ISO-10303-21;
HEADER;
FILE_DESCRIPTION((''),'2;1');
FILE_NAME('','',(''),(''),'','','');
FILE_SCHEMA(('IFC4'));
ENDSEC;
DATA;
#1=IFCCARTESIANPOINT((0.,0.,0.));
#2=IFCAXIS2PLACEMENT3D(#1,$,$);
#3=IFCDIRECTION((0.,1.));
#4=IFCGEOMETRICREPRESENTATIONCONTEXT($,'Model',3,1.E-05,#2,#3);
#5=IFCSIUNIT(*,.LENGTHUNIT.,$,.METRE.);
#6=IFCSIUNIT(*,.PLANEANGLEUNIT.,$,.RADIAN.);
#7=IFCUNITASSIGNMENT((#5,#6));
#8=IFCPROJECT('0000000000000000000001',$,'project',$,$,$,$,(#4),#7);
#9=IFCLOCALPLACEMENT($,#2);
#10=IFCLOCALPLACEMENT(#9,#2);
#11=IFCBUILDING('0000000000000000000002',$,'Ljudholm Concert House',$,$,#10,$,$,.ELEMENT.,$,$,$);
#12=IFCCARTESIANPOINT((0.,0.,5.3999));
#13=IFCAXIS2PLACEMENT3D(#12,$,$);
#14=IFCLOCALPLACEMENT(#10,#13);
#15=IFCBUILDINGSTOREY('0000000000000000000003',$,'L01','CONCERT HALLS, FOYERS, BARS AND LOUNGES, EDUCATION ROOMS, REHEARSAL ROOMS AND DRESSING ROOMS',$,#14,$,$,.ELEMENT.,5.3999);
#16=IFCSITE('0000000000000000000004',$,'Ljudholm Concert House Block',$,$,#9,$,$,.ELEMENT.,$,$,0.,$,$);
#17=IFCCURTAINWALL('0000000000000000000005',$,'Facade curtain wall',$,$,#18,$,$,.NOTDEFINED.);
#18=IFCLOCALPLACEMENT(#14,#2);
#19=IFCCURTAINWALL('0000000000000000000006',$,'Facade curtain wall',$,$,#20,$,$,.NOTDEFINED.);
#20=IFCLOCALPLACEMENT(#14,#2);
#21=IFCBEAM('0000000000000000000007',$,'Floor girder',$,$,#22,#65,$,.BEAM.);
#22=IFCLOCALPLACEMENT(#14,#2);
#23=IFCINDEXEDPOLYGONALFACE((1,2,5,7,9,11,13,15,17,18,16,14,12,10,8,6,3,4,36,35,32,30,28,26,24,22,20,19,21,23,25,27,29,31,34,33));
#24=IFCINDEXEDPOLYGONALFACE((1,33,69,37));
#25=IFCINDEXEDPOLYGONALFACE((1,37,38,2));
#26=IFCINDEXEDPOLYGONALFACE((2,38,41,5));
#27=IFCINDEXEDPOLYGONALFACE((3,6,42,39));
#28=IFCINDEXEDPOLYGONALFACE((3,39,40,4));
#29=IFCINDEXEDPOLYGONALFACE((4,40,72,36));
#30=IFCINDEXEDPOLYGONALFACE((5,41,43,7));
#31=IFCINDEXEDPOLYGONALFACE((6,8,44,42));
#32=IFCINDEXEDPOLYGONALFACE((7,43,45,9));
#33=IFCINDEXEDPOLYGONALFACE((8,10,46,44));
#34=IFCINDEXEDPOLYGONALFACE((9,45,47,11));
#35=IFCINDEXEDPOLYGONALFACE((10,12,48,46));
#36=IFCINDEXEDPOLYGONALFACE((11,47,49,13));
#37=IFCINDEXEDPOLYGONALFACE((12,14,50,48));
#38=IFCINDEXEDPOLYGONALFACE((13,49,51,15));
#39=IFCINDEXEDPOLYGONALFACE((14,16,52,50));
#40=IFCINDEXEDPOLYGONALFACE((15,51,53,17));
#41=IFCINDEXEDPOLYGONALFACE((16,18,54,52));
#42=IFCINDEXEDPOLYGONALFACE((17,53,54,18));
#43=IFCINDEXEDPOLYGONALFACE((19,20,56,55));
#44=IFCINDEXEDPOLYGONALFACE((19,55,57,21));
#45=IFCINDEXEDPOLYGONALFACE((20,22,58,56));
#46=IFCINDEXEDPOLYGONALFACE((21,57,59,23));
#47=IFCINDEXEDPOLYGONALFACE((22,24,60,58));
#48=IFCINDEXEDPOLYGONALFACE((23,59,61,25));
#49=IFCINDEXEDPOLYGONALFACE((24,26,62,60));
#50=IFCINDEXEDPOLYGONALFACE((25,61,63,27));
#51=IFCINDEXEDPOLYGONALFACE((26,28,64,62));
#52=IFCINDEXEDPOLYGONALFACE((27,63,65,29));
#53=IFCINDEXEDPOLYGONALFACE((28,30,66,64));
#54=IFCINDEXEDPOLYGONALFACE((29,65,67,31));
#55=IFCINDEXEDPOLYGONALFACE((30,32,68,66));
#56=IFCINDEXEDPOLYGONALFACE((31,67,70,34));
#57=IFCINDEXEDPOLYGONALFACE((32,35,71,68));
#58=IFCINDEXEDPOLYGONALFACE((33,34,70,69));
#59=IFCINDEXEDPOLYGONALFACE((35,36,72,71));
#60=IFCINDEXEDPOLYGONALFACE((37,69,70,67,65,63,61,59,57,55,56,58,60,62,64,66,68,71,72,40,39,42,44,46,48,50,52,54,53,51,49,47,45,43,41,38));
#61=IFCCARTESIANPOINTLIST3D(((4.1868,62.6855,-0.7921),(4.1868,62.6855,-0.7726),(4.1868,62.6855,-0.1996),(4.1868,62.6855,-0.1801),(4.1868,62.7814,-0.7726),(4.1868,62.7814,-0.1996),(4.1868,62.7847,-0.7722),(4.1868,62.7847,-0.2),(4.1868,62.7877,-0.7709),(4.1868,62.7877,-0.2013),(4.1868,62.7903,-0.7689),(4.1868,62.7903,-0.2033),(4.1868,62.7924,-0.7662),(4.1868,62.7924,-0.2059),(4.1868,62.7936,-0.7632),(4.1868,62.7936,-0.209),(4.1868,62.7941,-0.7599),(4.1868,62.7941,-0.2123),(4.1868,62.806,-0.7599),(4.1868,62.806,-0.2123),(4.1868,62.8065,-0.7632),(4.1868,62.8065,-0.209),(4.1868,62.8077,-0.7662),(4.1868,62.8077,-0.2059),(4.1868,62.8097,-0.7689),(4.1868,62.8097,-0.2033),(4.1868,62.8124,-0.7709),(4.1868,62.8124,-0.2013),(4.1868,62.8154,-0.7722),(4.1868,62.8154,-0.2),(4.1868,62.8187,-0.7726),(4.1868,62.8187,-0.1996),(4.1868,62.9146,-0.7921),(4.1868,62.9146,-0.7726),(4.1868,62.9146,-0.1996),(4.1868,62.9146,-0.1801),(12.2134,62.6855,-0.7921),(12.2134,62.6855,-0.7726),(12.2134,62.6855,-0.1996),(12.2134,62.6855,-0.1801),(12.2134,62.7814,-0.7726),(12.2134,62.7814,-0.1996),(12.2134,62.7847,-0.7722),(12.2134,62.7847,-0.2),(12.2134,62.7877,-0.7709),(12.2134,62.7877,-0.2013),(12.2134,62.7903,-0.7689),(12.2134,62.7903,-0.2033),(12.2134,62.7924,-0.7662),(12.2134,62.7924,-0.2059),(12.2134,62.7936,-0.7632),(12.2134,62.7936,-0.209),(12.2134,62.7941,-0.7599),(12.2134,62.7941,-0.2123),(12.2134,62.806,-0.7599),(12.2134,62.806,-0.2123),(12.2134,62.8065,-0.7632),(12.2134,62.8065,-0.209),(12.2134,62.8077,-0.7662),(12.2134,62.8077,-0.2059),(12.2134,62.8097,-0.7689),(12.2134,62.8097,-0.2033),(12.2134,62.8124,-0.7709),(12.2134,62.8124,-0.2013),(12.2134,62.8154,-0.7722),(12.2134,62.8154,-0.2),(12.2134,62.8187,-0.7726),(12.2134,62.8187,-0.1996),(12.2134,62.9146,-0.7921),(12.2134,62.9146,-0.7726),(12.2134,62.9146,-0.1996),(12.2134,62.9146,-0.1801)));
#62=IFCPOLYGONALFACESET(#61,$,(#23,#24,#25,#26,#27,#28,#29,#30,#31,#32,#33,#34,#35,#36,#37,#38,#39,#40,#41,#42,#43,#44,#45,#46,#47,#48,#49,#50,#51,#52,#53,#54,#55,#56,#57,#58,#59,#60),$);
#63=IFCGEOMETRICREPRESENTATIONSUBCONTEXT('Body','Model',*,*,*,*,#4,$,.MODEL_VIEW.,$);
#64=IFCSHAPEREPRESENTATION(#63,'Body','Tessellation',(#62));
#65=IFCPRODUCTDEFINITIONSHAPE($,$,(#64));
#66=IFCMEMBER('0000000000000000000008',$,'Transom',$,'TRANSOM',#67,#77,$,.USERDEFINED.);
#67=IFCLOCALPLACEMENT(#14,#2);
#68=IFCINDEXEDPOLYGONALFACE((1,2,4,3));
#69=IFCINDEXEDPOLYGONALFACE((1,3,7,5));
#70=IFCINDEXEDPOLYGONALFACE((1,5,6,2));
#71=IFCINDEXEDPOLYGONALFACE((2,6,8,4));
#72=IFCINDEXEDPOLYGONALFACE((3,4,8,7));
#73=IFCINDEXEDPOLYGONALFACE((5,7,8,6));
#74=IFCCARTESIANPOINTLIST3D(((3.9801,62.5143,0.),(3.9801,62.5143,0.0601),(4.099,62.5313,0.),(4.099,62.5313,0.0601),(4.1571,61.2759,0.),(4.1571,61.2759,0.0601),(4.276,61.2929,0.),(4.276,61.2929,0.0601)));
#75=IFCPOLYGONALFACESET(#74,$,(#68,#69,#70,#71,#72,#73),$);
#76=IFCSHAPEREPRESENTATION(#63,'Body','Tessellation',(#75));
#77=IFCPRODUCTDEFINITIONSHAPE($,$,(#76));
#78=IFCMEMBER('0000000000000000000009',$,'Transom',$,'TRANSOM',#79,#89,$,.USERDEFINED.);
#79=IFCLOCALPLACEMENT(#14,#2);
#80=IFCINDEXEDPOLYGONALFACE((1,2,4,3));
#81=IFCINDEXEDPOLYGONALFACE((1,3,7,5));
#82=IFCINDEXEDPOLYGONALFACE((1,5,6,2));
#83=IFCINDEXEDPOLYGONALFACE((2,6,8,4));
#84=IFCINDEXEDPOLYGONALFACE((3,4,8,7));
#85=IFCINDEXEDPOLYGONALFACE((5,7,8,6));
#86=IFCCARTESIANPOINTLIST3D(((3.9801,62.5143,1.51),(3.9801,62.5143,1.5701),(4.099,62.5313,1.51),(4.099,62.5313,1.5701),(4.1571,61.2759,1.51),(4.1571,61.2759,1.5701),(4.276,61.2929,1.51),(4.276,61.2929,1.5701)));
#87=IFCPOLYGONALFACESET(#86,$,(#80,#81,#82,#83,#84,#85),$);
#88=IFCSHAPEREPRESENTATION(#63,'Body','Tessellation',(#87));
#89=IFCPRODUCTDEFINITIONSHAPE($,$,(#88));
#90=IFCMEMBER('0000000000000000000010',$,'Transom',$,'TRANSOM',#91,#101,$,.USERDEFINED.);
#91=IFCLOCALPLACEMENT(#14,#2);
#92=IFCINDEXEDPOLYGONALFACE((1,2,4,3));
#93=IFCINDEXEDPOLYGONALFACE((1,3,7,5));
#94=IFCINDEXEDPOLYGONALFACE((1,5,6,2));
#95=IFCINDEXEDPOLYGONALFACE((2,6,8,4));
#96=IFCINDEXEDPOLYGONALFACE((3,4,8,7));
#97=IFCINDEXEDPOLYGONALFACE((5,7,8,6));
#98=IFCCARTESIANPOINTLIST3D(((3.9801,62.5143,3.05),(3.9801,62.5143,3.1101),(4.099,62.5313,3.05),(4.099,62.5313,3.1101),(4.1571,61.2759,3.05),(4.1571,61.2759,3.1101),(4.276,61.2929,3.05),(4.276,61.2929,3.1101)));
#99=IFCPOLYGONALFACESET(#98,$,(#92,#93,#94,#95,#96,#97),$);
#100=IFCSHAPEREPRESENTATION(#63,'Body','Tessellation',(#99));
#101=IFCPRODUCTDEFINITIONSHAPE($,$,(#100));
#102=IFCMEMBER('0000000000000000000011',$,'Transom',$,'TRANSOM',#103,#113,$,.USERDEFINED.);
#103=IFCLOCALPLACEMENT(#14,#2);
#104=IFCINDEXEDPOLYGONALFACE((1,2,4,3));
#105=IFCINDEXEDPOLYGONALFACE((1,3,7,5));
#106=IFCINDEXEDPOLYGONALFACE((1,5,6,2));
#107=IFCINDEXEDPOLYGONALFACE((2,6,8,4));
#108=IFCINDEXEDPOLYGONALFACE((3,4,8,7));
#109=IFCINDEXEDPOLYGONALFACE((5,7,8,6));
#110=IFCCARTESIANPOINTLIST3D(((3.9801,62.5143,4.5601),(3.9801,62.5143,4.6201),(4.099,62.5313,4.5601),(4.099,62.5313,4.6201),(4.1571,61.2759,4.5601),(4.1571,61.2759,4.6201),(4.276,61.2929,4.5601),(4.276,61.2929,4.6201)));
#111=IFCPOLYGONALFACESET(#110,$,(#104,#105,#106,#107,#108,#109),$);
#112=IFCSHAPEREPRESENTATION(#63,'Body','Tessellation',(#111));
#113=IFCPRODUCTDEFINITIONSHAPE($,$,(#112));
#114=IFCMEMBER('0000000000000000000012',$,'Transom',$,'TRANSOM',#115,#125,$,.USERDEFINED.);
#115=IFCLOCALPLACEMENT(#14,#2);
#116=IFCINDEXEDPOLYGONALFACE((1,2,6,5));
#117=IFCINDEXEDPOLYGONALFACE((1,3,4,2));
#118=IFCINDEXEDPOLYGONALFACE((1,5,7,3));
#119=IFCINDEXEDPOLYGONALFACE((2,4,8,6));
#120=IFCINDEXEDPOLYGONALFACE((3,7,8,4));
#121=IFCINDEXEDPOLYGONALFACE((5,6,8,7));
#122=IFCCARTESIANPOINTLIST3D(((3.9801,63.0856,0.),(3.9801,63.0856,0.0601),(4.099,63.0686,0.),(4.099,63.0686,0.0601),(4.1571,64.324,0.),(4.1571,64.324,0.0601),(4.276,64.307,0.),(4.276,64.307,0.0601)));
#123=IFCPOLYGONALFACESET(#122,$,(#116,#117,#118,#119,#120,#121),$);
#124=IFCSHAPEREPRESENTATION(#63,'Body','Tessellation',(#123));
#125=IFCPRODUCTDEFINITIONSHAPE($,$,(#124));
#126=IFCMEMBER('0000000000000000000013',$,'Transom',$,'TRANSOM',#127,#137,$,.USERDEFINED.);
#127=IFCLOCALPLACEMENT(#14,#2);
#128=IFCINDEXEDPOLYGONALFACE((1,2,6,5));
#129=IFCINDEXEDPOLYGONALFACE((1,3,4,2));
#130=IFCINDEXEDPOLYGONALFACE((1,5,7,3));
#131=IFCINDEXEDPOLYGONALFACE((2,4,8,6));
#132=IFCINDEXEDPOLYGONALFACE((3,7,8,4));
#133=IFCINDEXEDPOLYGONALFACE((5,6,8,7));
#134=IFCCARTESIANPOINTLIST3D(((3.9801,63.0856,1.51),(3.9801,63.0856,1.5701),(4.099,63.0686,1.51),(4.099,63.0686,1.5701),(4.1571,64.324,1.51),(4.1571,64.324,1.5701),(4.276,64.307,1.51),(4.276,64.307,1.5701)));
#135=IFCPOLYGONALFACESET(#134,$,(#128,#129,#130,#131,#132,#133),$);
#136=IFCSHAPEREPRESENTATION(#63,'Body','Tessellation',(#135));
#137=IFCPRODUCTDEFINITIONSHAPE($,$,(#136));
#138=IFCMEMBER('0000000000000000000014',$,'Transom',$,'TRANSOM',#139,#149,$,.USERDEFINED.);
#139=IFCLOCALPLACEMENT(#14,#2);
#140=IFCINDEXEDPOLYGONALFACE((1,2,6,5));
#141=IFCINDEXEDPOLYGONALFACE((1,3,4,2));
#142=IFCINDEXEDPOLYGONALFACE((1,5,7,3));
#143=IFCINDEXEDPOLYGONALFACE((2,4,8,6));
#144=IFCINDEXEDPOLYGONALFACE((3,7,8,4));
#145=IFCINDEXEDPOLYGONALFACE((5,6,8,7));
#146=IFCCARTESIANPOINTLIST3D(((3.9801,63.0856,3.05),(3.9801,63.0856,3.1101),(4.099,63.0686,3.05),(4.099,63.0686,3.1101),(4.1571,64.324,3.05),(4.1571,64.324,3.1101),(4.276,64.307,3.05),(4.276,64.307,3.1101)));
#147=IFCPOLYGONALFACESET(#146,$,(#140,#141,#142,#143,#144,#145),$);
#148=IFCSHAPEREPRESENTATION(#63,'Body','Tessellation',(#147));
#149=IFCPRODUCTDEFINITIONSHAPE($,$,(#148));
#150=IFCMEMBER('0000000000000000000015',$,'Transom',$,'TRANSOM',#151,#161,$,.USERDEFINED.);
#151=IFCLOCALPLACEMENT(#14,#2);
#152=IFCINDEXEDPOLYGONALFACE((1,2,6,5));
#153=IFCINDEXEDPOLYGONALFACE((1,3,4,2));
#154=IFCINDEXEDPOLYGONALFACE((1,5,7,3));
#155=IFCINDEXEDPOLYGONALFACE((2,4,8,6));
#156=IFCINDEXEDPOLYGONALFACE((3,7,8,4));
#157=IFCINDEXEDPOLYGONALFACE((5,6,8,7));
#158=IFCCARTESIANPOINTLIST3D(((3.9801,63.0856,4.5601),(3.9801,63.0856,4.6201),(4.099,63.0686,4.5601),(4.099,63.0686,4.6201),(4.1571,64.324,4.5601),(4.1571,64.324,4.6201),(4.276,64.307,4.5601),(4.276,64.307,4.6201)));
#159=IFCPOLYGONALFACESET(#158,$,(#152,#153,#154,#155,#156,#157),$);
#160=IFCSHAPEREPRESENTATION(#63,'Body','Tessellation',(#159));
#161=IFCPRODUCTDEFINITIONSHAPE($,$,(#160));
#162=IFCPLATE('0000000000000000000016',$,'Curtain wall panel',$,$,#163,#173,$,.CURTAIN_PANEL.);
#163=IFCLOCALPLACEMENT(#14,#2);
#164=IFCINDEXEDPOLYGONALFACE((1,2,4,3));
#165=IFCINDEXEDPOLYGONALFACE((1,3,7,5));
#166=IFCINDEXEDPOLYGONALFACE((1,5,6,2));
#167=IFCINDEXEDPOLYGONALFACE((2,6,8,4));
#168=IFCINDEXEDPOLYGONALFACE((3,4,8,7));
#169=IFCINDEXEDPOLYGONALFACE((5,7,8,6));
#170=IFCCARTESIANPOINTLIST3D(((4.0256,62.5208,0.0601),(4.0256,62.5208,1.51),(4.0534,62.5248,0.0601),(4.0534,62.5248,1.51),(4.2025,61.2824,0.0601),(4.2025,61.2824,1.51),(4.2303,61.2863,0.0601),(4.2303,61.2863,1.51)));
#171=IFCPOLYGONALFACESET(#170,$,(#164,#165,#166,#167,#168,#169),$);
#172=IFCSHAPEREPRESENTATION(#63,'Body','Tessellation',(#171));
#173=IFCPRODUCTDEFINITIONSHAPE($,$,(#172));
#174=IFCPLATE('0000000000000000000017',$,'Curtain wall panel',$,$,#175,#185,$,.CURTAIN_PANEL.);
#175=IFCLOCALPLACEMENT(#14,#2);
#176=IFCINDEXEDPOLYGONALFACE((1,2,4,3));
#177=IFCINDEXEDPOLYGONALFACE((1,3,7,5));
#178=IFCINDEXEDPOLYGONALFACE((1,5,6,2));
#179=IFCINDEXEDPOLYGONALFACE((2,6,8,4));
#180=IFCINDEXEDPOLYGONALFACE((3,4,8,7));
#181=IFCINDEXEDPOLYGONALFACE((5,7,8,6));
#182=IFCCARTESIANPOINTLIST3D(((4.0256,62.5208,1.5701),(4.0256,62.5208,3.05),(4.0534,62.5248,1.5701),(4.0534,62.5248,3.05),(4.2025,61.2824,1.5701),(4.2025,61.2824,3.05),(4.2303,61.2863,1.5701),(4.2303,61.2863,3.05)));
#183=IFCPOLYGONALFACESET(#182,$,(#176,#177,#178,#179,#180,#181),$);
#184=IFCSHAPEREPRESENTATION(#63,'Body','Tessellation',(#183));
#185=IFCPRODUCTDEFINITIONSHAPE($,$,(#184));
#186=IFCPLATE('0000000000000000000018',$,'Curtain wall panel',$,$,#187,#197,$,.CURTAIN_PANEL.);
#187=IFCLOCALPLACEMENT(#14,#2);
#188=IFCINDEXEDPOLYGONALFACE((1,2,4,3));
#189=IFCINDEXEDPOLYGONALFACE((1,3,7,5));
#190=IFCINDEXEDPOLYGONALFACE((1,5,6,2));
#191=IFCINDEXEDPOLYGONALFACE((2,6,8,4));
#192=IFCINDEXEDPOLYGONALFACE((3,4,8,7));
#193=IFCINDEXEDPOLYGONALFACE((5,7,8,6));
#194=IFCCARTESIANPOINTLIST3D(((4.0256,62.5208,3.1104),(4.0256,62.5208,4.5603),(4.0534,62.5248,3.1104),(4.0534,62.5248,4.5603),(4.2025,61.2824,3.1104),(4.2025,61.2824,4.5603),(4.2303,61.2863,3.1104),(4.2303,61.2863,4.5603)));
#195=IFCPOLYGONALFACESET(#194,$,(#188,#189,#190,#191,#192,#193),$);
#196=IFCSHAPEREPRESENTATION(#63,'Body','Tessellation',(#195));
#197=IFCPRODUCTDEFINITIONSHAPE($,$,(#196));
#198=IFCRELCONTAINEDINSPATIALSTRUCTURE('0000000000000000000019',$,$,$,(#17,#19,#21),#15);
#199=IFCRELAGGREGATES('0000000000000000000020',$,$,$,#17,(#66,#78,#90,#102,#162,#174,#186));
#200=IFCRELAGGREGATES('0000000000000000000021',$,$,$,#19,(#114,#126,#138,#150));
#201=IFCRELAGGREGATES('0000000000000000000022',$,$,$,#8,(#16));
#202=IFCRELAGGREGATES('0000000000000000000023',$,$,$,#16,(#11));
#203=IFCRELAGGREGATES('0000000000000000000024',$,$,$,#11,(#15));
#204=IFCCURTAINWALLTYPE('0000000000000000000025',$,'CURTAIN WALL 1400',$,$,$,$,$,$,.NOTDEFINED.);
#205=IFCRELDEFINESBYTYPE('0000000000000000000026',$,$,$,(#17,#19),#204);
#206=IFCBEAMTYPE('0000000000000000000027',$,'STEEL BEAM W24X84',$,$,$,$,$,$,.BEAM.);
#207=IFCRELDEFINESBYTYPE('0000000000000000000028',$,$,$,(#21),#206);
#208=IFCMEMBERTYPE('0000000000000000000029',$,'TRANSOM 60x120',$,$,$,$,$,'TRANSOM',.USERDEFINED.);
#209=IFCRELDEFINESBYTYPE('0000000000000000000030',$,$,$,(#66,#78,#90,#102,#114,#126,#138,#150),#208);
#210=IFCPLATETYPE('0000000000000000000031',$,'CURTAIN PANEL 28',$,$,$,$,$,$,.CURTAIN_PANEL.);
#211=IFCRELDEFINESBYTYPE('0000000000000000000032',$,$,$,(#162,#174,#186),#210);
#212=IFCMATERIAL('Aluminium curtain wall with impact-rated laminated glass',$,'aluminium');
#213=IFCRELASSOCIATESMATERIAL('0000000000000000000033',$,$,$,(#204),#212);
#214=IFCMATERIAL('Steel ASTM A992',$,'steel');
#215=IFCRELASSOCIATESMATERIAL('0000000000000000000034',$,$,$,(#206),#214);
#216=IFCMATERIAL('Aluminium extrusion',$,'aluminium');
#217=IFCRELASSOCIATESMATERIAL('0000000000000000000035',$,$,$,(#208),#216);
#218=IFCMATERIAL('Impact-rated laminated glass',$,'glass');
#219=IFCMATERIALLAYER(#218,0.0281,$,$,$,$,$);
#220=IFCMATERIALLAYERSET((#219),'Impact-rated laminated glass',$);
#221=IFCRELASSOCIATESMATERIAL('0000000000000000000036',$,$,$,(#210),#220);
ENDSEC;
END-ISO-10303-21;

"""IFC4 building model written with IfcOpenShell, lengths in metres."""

from ifc_helpers import new_model, si_unit, direction, frame, origin, origin_2d, place, context, subcontext, project, spatial, rectangle, i_section, extrude, material, layer, layer_set, material_profile, profile_set, type_object, element, aggregate, save


model = new_model("IFC4")

# Units and contexts
model_context = context("Model", 3, precision=1e-05, world=origin(), true_north=direction((0.0, 1.0)))
body_context = subcontext(model_context, "Body", "Model", "MODEL_VIEW")
ifc_project = project(units=[si_unit("LENGTHUNIT", "METRE"), si_unit("PLANEANGLEUNIT", "RADIAN")], contexts=[model_context])

# Site, building, storey
site_placement = place(None, origin())
site = spatial("IfcSite", under=ifc_project, at=site_placement, Name="Ljudholm Concert House Block", CompositionType="ELEMENT", RefElevation=0.0)
building_placement = place(site_placement, origin())
building = spatial("IfcBuilding", under=site, at=building_placement, Name="Ljudholm Concert House", CompositionType="ELEMENT")
storey_placement = place(building_placement, frame((0.0, 0.0, 5.3999)))
storey = spatial("IfcBuildingStorey", under=building, at=storey_placement, Name="L01", Description="CONCERT HALLS, FOYERS, BARS AND LOUNGES, EDUCATION ROOMS, REHEARSAL ROOMS AND DRESSING ROOMS", CompositionType="ELEMENT", Elevation=5.3999)

# Curtain walls
ifc_material_1 = material(Name="Aluminium curtain wall with impact-rated laminated glass", Category="aluminium")
curtain_wall_type = type_object("IfcCurtainWallType", Name="CURTAIN WALL 1400", PredefinedType="NOTDEFINED", material=ifc_material_1)
curtain_wall_1_placement = place(storey_placement, origin())
curtain_wall_1 = element("IfcCurtainWall", 1, at=curtain_wall_1_placement, inside=storey, type_object=curtain_wall_type, Name="Facade curtain wall", PredefinedType="NOTDEFINED")
curtain_wall_2_placement = place(storey_placement, origin())
curtain_wall_2 = element("IfcCurtainWall", 2, at=curtain_wall_2_placement, inside=storey, type_object=curtain_wall_type, Name="Facade curtain wall", PredefinedType="NOTDEFINED")

# Beam
ifc_material_2 = material(Name="Steel ASTM A992", Category="steel")
ifc_material_profile_1 = material_profile(ifc_material_2, i_section(OverallWidth=0.229, OverallDepth=0.6121, WebThickness=0.012, FlangeThickness=0.0195, FilletRadius=0.0127, at=origin_2d()), Name="W24X84")
ifc_profile_set_1 = profile_set([ifc_material_profile_1], Name="Steel ASTM A992")
beam_type_1 = type_object("IfcBeamType", Name="STEEL BEAM W24X84", PredefinedType="BEAM", material=ifc_profile_set_1)
beam_1_placement = place(storey_placement, frame((4.1868, 62.8, -0.4861), z_axis=(1.0, 0.0, 0.0), x_axis=(0.0, 1.0, 0.0)))
element("IfcBeam", 3, at=beam_1_placement, inside=storey, type_object=beam_type_1, Name="Floor girder", PredefinedType="BEAM", context=body_context, shape_type="SweptSolid", body=[
    extrude(i_section(OverallWidth=0.229, OverallDepth=0.6121, WebThickness=0.012, FlangeThickness=0.0195, FilletRadius=0.0127, at=origin_2d()), origin(), (0.0, 0.0, 1.0), 8.0266),
])

# Members
ifc_material_3 = material(Name="Aluminium extrusion", Category="aluminium")
ifc_material_profile_2 = material_profile(ifc_material_3, rectangle(XDim=0.1201, YDim=0.0601, at=origin_2d()), Name="TRANSOM 60x120")
ifc_profile_set_2 = profile_set([ifc_material_profile_2], Name="Aluminium extrusion")
member_type_1 = type_object("IfcMemberType", Name="TRANSOM 60x120", ElementType="TRANSOM", PredefinedType="USERDEFINED", material=ifc_profile_set_2)
member_1_placement = place(storey_placement, frame((4.2166, 61.2844, 0.03), z_axis=(-0.141503, 0.989938, 0.0), x_axis=(-0.989938, -0.141503, 0.0)))
member_1 = element("IfcMember", 4, at=member_1_placement, type_object=member_type_1, Name="Transom", ObjectType="TRANSOM", PredefinedType="USERDEFINED", context=body_context, shape_type="SweptSolid", body=[
    extrude(rectangle(XDim=0.1201, YDim=0.0601, at=origin_2d()), origin(), (0.0, 0.0, 1.0), 1.251),
])
member_2_placement = place(storey_placement, frame((4.2166, 61.2844, 1.54), z_axis=(-0.141503, 0.989938, 0.0), x_axis=(-0.989938, -0.141503, 0.0)))
member_2 = element("IfcMember", 5, at=member_2_placement, type_object=member_type_1, Name="Transom", ObjectType="TRANSOM", PredefinedType="USERDEFINED", context=body_context, shape_type="SweptSolid", body=[
    extrude(rectangle(XDim=0.1201, YDim=0.0601, at=origin_2d()), origin(), (0.0, 0.0, 1.0), 1.251),
])
member_3_placement = place(storey_placement, frame((4.2166, 61.2844, 3.0801), z_axis=(-0.141503, 0.989938, 0.0), x_axis=(-0.989938, -0.141503, 0.0)))
member_3 = element("IfcMember", 6, at=member_3_placement, type_object=member_type_1, Name="Transom", ObjectType="TRANSOM", PredefinedType="USERDEFINED", context=body_context, shape_type="SweptSolid", body=[
    extrude(rectangle(XDim=0.1201, YDim=0.0601, at=origin_2d()), origin(), (0.0, 0.0, 1.0), 1.251),
])
member_4_placement = place(storey_placement, frame((4.2166, 61.2844, 4.5901), z_axis=(-0.141503, 0.989938, 0.0), x_axis=(-0.989938, -0.141503, 0.0)))
member_4 = element("IfcMember", 7, at=member_4_placement, type_object=member_type_1, Name="Transom", ObjectType="TRANSOM", PredefinedType="USERDEFINED", context=body_context, shape_type="SweptSolid", body=[
    extrude(rectangle(XDim=0.1201, YDim=0.0601, at=origin_2d()), origin(), (0.0, 0.0, 1.0), 1.251),
])
member_5_placement = place(storey_placement, frame((4.0396, 63.0771, 0.03), z_axis=(0.141503, 0.989938, 0.0), x_axis=(-0.989938, 0.141503, 0.0)))
member_5 = element("IfcMember", 8, at=member_5_placement, type_object=member_type_1, Name="Transom", ObjectType="TRANSOM", PredefinedType="USERDEFINED", context=body_context, shape_type="SweptSolid", body=[
    extrude(rectangle(XDim=0.1201, YDim=0.0601, at=origin_2d()), origin(), (0.0, 0.0, 1.0), 1.251),
])
member_6_placement = place(storey_placement, frame((4.0396, 63.0771, 1.54), z_axis=(0.141503, 0.989938, 0.0), x_axis=(-0.989938, 0.141503, 0.0)))
member_6 = element("IfcMember", 9, at=member_6_placement, type_object=member_type_1, Name="Transom", ObjectType="TRANSOM", PredefinedType="USERDEFINED", context=body_context, shape_type="SweptSolid", body=[
    extrude(rectangle(XDim=0.1201, YDim=0.0601, at=origin_2d()), origin(), (0.0, 0.0, 1.0), 1.251),
])
member_7_placement = place(storey_placement, frame((4.0396, 63.0771, 3.0801), z_axis=(0.141503, 0.989938, 0.0), x_axis=(-0.989938, 0.141503, 0.0)))
member_7 = element("IfcMember", 10, at=member_7_placement, type_object=member_type_1, Name="Transom", ObjectType="TRANSOM", PredefinedType="USERDEFINED", context=body_context, shape_type="SweptSolid", body=[
    extrude(rectangle(XDim=0.1201, YDim=0.0601, at=origin_2d()), origin(), (0.0, 0.0, 1.0), 1.251),
])
member_8_placement = place(storey_placement, frame((4.0396, 63.0771, 4.5901), z_axis=(0.141503, 0.989938, 0.0), x_axis=(-0.989938, 0.141503, 0.0)))
member_8 = element("IfcMember", 11, at=member_8_placement, type_object=member_type_1, Name="Transom", ObjectType="TRANSOM", PredefinedType="USERDEFINED", context=body_context, shape_type="SweptSolid", body=[
    extrude(rectangle(XDim=0.1201, YDim=0.0601, at=origin_2d()), origin(), (0.0, 0.0, 1.0), 1.251),
])

# Plates
ifc_material_4 = material(Name="Impact-rated laminated glass", Category="glass")
ifc_layer = layer(ifc_material_4, 0.0281)
ifc_layer_set = layer_set([ifc_layer], Name="Impact-rated laminated glass")
plate_type = type_object("IfcPlateType", Name="CURTAIN PANEL 28", PredefinedType="CURTAIN_PANEL", material=ifc_layer_set)
plate_1_placement = place(storey_placement, frame((4.1279, 61.9036, 0.0601), z_axis=(0.0, 0.0, 1.0), x_axis=(-0.141421, 0.989949, 0.0)))
plate_1 = element("IfcPlate", 12, at=plate_1_placement, type_object=plate_type, Name="Curtain wall panel", PredefinedType="CURTAIN_PANEL", context=body_context, shape_type="SweptSolid", body=[
    extrude(rectangle(XDim=1.251, YDim=0.0281, at=origin_2d()), origin(), (0.0, 0.0, 1.0), 1.45),
])
plate_2_placement = place(storey_placement, frame((4.1279, 61.9036, 1.5701), z_axis=(0.0, 0.0, 1.0), x_axis=(-0.141421, 0.989949, 0.0)))
plate_2 = element("IfcPlate", 13, at=plate_2_placement, type_object=plate_type, Name="Curtain wall panel", PredefinedType="CURTAIN_PANEL", context=body_context, shape_type="SweptSolid", body=[
    extrude(rectangle(XDim=1.251, YDim=0.0281, at=origin_2d()), origin(), (0.0, 0.0, 1.0), 1.48),
])
plate_3_placement = place(storey_placement, frame((4.1279, 61.9036, 3.1104), z_axis=(0.0, 0.0, 1.0), x_axis=(-0.141421, 0.989949, 0.0)))
plate_3 = element("IfcPlate", 14, at=plate_3_placement, type_object=plate_type, Name="Curtain wall panel", PredefinedType="CURTAIN_PANEL", context=body_context, shape_type="SweptSolid", body=[
    extrude(rectangle(XDim=1.251, YDim=0.0281, at=origin_2d()), origin(), (0.0, 0.0, 1.0), 1.45),
])
aggregate(curtain_wall_1, [member_1, member_2, member_3, member_4, plate_1, plate_2, plate_3])
aggregate(curtain_wall_2, [member_5, member_6, member_7, member_8])

save(model, "model.ifc")
